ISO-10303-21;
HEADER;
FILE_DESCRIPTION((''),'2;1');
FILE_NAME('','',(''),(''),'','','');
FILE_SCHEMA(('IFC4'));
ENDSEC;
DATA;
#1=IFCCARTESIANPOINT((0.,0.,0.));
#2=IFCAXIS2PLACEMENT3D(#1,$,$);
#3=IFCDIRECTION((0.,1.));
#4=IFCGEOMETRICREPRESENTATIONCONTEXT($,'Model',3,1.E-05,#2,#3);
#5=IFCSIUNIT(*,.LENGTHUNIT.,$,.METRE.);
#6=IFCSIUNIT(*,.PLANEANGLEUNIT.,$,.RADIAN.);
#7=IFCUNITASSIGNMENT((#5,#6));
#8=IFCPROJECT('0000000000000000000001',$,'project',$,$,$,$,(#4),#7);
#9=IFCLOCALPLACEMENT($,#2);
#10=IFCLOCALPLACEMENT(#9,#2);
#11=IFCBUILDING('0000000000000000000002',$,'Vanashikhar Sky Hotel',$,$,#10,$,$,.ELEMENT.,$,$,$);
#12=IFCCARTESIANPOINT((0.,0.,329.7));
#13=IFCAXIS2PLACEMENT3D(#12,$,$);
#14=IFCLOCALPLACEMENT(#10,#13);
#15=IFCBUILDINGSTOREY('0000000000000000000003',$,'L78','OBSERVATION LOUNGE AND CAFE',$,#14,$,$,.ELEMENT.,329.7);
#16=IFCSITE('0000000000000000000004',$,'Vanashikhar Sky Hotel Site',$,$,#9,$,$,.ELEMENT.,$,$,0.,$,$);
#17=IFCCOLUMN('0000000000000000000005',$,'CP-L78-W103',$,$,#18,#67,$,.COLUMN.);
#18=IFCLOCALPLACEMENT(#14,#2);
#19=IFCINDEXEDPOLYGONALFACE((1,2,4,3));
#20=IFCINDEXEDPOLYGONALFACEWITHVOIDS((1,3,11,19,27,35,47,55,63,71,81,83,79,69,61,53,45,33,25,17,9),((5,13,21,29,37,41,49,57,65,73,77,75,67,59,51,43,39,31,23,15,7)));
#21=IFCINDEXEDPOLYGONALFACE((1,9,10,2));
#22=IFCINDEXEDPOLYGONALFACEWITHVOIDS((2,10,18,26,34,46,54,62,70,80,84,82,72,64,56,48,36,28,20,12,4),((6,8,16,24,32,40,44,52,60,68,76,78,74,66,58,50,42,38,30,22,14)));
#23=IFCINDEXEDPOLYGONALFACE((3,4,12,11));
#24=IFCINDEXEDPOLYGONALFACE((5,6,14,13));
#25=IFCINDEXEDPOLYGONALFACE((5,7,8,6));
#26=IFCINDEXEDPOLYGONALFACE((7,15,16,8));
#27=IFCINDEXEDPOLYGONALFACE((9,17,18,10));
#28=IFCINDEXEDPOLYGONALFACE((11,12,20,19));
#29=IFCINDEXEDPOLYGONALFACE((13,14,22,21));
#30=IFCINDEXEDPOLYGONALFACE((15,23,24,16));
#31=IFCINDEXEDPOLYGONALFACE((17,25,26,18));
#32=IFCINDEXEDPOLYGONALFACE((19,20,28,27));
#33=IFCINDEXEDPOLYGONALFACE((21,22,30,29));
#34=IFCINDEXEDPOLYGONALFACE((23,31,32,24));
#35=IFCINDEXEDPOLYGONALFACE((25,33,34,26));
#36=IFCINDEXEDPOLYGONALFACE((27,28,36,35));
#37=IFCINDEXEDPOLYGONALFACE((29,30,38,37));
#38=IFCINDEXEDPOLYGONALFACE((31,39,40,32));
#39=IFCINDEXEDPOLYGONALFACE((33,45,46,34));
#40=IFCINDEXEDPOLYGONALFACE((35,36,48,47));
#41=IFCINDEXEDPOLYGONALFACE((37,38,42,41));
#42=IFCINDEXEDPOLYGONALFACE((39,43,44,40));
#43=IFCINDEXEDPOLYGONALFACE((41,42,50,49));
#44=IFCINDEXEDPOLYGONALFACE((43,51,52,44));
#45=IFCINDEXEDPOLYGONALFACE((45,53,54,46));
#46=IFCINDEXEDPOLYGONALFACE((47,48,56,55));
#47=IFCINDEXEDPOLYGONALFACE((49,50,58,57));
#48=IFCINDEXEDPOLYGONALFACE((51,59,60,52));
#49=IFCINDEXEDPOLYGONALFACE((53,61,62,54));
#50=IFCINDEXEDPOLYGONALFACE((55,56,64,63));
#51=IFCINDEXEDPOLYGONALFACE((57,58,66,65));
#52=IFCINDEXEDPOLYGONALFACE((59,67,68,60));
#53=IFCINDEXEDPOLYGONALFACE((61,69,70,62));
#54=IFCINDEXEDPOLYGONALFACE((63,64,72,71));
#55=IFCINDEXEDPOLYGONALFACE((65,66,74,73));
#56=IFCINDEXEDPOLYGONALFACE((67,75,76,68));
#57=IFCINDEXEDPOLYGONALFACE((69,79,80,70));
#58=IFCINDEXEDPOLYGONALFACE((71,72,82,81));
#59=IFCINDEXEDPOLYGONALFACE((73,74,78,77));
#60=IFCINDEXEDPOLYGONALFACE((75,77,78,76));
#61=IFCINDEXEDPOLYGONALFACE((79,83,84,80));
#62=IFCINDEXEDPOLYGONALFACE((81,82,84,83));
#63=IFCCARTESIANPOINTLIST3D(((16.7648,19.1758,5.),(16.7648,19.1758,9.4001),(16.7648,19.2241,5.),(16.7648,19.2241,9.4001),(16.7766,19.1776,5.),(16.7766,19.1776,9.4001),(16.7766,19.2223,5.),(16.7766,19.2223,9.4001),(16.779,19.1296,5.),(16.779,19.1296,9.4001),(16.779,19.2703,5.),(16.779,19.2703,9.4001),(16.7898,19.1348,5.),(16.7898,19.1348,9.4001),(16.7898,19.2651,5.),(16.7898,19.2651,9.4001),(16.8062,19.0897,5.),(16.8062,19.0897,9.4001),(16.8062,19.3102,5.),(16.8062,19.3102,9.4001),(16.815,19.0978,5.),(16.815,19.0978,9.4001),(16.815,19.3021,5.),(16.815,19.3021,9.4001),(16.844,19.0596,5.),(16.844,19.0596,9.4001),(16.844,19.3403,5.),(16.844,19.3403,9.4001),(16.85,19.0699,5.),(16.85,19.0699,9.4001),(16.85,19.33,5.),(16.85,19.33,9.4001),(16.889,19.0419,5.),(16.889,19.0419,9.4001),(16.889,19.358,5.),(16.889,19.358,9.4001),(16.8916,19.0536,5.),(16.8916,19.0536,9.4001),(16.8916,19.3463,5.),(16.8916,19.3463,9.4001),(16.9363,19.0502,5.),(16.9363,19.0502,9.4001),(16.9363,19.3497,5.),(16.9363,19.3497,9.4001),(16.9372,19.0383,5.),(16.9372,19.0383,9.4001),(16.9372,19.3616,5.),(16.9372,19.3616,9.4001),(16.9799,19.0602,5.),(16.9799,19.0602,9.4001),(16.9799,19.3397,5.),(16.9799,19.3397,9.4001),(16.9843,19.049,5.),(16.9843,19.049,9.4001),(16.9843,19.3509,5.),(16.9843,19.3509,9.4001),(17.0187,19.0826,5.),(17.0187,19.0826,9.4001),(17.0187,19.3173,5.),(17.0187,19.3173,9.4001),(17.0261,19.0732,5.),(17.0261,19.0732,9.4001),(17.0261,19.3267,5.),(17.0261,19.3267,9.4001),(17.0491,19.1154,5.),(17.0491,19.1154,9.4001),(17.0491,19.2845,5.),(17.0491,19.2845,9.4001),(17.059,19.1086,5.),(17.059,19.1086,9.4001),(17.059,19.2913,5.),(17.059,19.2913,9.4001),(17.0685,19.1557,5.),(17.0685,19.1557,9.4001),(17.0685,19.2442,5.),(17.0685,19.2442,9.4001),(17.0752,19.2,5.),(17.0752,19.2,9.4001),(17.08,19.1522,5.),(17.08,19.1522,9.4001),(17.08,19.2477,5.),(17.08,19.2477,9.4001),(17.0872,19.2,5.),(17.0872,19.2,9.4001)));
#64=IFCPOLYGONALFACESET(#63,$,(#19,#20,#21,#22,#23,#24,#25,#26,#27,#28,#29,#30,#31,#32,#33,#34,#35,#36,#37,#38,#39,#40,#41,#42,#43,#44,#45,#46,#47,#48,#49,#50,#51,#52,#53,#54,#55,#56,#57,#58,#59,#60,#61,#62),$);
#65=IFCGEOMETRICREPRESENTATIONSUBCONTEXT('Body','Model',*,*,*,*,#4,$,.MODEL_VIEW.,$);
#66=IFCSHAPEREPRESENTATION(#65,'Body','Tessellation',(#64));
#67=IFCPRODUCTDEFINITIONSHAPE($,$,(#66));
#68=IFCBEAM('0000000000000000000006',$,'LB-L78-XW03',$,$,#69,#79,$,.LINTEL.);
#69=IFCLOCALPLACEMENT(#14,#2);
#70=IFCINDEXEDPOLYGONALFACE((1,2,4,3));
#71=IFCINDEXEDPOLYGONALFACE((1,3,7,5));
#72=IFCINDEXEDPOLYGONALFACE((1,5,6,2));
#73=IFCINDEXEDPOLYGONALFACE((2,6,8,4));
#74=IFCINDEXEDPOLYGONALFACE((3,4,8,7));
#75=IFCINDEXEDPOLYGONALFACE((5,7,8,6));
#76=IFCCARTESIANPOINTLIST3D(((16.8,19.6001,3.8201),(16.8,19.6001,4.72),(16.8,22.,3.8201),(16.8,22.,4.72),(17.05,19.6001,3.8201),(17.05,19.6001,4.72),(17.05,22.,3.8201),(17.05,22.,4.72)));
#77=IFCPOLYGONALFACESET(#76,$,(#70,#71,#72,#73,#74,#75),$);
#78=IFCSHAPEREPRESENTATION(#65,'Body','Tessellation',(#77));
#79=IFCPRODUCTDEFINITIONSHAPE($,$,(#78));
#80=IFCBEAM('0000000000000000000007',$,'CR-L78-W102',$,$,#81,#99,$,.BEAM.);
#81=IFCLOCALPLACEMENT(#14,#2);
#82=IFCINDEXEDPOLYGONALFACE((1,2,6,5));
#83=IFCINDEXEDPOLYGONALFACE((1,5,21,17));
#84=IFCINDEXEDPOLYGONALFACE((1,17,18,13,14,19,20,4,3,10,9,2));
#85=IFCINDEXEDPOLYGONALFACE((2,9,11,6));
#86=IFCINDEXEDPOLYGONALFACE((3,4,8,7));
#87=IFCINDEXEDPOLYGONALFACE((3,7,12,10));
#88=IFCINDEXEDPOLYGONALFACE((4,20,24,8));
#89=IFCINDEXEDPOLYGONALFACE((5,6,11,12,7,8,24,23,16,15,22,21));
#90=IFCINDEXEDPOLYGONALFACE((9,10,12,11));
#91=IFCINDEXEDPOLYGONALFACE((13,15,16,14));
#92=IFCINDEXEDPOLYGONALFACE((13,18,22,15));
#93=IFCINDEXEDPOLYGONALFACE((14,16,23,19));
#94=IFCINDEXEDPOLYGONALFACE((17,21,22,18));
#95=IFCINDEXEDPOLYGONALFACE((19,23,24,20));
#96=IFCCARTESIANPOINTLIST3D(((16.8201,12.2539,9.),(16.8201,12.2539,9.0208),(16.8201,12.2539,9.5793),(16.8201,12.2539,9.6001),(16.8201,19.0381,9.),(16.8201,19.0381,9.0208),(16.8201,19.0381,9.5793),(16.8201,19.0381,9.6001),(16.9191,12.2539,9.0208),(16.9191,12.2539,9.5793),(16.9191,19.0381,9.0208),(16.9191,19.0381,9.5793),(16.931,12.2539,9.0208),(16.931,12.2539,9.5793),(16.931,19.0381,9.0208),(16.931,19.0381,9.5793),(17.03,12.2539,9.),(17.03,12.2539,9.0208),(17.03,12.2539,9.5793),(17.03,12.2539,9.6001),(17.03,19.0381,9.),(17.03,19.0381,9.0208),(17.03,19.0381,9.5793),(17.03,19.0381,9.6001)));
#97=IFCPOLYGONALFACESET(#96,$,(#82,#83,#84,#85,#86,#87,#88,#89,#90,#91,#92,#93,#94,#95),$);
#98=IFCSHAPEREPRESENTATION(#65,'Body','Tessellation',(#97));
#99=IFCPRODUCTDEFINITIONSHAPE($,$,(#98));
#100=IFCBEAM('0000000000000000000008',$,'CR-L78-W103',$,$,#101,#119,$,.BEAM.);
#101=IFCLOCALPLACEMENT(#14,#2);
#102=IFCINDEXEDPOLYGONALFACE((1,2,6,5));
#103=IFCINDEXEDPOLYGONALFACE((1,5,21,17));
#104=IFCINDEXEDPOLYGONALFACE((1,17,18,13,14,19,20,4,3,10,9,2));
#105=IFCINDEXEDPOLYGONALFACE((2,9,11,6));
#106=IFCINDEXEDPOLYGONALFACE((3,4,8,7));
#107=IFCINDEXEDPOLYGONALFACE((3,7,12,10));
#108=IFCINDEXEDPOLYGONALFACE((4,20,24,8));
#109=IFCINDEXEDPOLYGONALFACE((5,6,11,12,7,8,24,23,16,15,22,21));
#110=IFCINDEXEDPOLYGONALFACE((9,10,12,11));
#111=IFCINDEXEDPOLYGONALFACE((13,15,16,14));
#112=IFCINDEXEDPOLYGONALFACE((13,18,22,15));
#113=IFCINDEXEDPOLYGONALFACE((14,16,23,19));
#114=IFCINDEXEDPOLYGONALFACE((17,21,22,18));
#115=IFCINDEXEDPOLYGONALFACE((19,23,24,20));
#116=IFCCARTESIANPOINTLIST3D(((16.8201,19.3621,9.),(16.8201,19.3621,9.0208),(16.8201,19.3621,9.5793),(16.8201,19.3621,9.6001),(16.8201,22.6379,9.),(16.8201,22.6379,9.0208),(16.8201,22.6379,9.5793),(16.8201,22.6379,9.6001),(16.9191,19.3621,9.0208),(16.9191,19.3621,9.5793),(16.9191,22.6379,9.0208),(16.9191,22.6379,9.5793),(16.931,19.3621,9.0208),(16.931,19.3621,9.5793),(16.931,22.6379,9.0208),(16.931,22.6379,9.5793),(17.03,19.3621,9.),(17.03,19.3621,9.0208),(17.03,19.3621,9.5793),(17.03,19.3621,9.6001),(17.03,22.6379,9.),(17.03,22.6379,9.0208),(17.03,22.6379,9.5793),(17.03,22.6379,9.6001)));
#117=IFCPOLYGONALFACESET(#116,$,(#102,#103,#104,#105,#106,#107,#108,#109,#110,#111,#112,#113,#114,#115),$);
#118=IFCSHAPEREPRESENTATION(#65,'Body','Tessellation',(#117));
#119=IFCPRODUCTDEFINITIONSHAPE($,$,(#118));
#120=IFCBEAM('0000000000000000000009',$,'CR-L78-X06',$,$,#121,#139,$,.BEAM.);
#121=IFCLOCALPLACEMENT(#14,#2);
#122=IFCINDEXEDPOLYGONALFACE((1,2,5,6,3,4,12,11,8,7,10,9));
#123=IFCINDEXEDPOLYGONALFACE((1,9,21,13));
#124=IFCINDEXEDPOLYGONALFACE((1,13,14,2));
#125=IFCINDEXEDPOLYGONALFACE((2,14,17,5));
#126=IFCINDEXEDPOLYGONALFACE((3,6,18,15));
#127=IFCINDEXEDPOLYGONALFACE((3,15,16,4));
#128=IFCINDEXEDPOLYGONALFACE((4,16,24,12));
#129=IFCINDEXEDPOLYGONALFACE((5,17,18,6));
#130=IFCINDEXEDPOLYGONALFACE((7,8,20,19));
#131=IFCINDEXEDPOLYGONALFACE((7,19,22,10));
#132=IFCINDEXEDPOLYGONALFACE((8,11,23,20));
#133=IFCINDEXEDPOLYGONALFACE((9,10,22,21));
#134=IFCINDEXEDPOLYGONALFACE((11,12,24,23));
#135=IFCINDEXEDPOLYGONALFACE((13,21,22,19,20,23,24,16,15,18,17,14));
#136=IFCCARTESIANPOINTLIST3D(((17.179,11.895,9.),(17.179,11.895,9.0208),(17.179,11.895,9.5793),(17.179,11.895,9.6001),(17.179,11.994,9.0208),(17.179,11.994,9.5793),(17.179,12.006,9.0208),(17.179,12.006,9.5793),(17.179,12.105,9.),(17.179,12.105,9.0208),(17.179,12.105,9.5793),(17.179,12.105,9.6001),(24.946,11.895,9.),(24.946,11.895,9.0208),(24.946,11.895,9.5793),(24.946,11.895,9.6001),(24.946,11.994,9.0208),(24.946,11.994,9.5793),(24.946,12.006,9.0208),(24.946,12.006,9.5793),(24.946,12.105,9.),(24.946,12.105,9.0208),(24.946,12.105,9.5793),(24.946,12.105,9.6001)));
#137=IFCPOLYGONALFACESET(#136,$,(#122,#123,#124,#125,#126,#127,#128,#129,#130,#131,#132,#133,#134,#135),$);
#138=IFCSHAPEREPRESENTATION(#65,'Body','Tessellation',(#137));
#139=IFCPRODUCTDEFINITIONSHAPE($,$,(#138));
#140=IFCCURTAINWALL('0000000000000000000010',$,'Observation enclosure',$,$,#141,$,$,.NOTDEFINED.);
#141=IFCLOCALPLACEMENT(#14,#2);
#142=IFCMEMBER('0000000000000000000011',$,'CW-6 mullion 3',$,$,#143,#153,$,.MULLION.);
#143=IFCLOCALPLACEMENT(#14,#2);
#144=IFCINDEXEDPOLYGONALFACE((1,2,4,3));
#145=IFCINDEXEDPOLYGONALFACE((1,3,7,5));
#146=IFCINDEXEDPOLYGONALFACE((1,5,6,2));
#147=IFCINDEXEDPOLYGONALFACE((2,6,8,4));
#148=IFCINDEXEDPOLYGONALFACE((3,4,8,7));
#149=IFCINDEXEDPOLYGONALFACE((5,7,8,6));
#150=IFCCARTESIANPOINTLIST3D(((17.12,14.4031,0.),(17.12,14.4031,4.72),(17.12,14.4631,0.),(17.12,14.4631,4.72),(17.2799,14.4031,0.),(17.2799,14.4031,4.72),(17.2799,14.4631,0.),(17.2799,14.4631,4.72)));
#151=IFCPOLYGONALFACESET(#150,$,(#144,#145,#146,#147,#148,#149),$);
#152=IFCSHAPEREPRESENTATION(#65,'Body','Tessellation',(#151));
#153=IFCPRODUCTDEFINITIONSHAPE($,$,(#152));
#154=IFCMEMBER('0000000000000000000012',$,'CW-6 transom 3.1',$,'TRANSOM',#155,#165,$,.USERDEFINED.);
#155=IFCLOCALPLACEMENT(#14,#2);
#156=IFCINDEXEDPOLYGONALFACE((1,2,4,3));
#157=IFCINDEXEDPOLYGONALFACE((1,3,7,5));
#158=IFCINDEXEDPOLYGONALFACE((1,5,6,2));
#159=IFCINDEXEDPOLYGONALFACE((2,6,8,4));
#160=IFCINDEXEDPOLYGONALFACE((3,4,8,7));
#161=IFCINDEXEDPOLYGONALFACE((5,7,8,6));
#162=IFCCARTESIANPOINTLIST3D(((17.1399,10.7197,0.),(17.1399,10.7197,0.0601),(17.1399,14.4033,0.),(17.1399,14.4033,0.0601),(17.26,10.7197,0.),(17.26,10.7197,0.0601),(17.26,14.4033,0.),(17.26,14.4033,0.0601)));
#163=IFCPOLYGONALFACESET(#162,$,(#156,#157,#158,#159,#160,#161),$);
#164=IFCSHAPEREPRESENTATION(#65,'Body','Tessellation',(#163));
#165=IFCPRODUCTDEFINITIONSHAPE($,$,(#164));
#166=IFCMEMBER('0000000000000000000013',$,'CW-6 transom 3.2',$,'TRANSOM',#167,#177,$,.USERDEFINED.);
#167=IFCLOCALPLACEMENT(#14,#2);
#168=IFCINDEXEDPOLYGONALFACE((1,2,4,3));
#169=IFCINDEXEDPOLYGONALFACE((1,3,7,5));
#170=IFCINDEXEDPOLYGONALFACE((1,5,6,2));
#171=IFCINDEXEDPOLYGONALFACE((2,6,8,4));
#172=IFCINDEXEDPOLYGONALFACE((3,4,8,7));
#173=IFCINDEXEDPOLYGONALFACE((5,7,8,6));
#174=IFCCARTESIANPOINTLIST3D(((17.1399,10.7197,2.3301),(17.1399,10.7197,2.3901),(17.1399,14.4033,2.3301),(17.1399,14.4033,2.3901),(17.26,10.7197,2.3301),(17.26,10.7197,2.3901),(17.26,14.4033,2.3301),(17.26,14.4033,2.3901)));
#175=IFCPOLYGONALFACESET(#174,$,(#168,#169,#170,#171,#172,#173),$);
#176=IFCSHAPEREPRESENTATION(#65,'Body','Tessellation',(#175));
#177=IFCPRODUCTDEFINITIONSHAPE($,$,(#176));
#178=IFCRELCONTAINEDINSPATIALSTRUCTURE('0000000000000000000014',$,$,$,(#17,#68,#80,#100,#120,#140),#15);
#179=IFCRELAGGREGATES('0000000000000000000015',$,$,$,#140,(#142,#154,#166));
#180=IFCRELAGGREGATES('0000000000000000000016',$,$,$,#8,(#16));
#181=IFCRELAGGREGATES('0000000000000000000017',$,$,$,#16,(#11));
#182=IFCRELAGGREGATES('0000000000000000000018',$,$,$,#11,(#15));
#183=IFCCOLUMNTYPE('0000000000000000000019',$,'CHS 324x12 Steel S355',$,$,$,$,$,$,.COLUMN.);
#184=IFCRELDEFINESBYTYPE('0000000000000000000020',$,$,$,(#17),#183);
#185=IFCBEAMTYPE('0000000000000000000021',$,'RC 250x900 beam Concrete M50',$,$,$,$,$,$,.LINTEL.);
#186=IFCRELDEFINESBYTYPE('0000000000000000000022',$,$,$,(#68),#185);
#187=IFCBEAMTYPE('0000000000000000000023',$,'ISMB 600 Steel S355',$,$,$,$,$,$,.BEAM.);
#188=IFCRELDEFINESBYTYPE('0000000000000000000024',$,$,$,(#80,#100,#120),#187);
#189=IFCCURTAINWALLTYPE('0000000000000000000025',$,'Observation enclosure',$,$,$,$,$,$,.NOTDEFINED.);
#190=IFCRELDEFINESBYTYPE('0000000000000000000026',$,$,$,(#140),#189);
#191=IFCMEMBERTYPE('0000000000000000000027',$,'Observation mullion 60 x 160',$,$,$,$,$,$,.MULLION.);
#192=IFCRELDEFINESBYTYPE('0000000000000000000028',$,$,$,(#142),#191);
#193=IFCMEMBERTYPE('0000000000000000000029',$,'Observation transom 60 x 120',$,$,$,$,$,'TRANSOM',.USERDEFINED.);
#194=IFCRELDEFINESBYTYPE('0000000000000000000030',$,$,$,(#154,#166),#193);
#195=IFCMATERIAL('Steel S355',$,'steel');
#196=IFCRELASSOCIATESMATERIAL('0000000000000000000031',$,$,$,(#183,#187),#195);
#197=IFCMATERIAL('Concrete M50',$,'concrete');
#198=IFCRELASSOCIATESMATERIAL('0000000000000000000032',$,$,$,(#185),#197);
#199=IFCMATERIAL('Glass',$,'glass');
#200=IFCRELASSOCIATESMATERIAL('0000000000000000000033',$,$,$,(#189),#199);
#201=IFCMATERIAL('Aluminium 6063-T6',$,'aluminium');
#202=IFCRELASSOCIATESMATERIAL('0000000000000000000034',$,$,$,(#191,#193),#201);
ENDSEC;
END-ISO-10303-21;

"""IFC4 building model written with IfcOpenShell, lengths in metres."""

from ifc_helpers import new_model, si_unit, direction, frame, origin, origin_2d, place, context, subcontext, project, spatial, rectangle, hollow_circle, i_section, extrude, source, transform, mapped, material, material_profile, profile_set, type_object, element, aggregate, save


model = new_model("IFC4")

# Units and contexts
model_context = context("Model", 3, precision=1e-05, world=origin(), true_north=direction((0.0, 1.0)))
body_context = subcontext(model_context, "Body", "Model", "MODEL_VIEW")
ifc_project = project(units=[si_unit("LENGTHUNIT", "METRE"), si_unit("PLANEANGLEUNIT", "RADIAN")], contexts=[model_context])

# Site, building, storey
site_placement = place(None, origin())
site = spatial("IfcSite", under=ifc_project, at=site_placement, Name="Vanashikhar Sky Hotel Site", CompositionType="ELEMENT", RefElevation=0.0)
building_placement = place(site_placement, origin())
building = spatial("IfcBuilding", under=site, at=building_placement, Name="Vanashikhar Sky Hotel", CompositionType="ELEMENT")
storey_placement = place(building_placement, frame((0.0, 0.0, 329.7)))
storey = spatial("IfcBuildingStorey", under=building, at=storey_placement, Name="L78", Description="OBSERVATION LOUNGE AND CAFE", CompositionType="ELEMENT", Elevation=329.7)

# Column
ifc_material_1 = material(Name="Steel S355", Category="steel")
ifc_material_profile_1 = material_profile(ifc_material_1, hollow_circle(Radius=0.1621, WallThickness=0.012, at=origin_2d()))
ifc_profile_set_1 = profile_set([ifc_material_profile_1], Name="CHS 324x12 Steel S355")
column_type = type_object("IfcColumnType", Name="CHS 324x12 Steel S355", PredefinedType="COLUMN", material=ifc_profile_set_1)
shared_shape_1 = source(origin(), body_context, "Body", "SweptSolid", [
    extrude(hollow_circle(Radius=0.1621, WallThickness=0.012, at=origin_2d()), origin(), (0.0, 0.0, 1.0), 4.4001),
])
column_placement = place(storey_placement, frame((16.925, 19.2, 5.0), z_axis=(0.0, 0.0, 1.0), x_axis=(1.0, 0.0, 0.0)))
element("IfcColumn", 1, at=column_placement, inside=storey, type_object=column_type, Name="CP-L78-W103", PredefinedType="COLUMN", context=body_context, shape_type="MappedRepresentation", body=[
    mapped(shared_shape_1, transform((0.0, 0.0, 0.0), scale=1.0)),
])

# Beams
ifc_material_2 = material(Name="Concrete M50", Category="concrete")
ifc_material_profile_2 = material_profile(ifc_material_2, rectangle(XDim=0.25, YDim=0.8999, at=origin_2d()))
ifc_profile_set_2 = profile_set([ifc_material_profile_2], Name="RC 250x900 beam Concrete M50")
beam_type_1 = type_object("IfcBeamType", Name="RC 250x900 beam Concrete M50", PredefinedType="LINTEL", material=ifc_profile_set_2)
shared_shape_2 = source(origin(), body_context, "Body", "SweptSolid", [
    extrude(rectangle(XDim=0.25, YDim=0.8999, at=origin_2d()), origin(), (0.0, 0.0, 1.0), 2.3999),
])
beam_1_placement = place(storey_placement, frame((16.925, 19.6001, 4.27), z_axis=(0.0, 1.0, 0.0), x_axis=(-1.0, 0.0, 0.0)))
element("IfcBeam", 2, at=beam_1_placement, inside=storey, type_object=beam_type_1, Name="LB-L78-XW03", PredefinedType="LINTEL", context=body_context, shape_type="MappedRepresentation", body=[
    mapped(shared_shape_2, transform((0.0, 0.0, 0.0), scale=1.0)),
])
ifc_material_profile_3 = material_profile(ifc_material_1, i_section(OverallWidth=0.21, OverallDepth=0.6001, WebThickness=0.012, FlangeThickness=0.0208, at=origin_2d()), Name="ISMB 600")
ifc_profile_set_3 = profile_set([ifc_material_profile_3], Name="Steel S355")
beam_type_2 = type_object("IfcBeamType", Name="ISMB 600 Steel S355", PredefinedType="BEAM", material=ifc_profile_set_3)
shared_shape_3 = source(origin(), body_context, "Body", "SweptSolid", [
    extrude(i_section(OverallWidth=0.21, OverallDepth=0.6001, WebThickness=0.012, FlangeThickness=0.0208, at=origin_2d()), origin(), (0.0, 0.0, 1.0), 6.7842),
])
beam_2_placement = place(storey_placement, frame((16.925, 12.2539, 9.3), z_axis=(0.0, 1.0, 0.0), x_axis=(-1.0, 0.0, 0.0)))
element("IfcBeam", 3, at=beam_2_placement, inside=storey, type_object=beam_type_2, Name="CR-L78-W102", PredefinedType="BEAM", context=body_context, shape_type="MappedRepresentation", body=[
    mapped(shared_shape_3, transform((0.0, 0.0, 0.0), scale=1.0)),
])
shared_shape_4 = source(origin(), body_context, "Body", "SweptSolid", [
    extrude(i_section(OverallWidth=0.21, OverallDepth=0.6001, WebThickness=0.012, FlangeThickness=0.0208, at=origin_2d()), origin(), (0.0, 0.0, 1.0), 3.2759),
])
beam_3_placement = place(storey_placement, frame((16.925, 19.3621, 9.3), z_axis=(0.0, 1.0, 0.0), x_axis=(-1.0, 0.0, 0.0)))
element("IfcBeam", 4, at=beam_3_placement, inside=storey, type_object=beam_type_2, Name="CR-L78-W103", PredefinedType="BEAM", context=body_context, shape_type="MappedRepresentation", body=[
    mapped(shared_shape_4, transform((0.0, 0.0, 0.0), scale=1.0)),
])
shared_shape_5 = source(origin(), body_context, "Body", "SweptSolid", [
    extrude(i_section(OverallWidth=0.21, OverallDepth=0.6001, WebThickness=0.012, FlangeThickness=0.0208, at=origin_2d()), origin(), (0.0, 0.0, 1.0), 7.7671),
])
beam_4_placement = place(storey_placement, frame((17.179, 12.0, 9.3), z_axis=(1.0, 0.0, 0.0), x_axis=(0.0, 1.0, 0.0)))
element("IfcBeam", 5, at=beam_4_placement, inside=storey, type_object=beam_type_2, Name="CR-L78-X06", PredefinedType="BEAM", context=body_context, shape_type="MappedRepresentation", body=[
    mapped(shared_shape_5, transform((0.0, 0.0, 0.0), scale=1.0)),
])

# Curtain wall, members
ifc_material_3 = material(Name="Glass", Category="glass")
curtain_wall_type = type_object("IfcCurtainWallType", Name="Observation enclosure", PredefinedType="NOTDEFINED", material=ifc_material_3)
curtain_wall_placement = place(storey_placement, origin())
curtain_wall = element("IfcCurtainWall", 6, at=curtain_wall_placement, inside=storey, type_object=curtain_wall_type, Name="Observation enclosure", PredefinedType="NOTDEFINED")
ifc_material_4 = material(Name="Aluminium 6063-T6", Category="aluminium")
ifc_material_profile_4 = material_profile(ifc_material_4, rectangle(XDim=0.1599, YDim=0.0601, at=origin_2d()))
ifc_profile_set_4 = profile_set([ifc_material_profile_4], Name="Aluminium 6063-T6")
member_type_1 = type_object("IfcMemberType", Name="Observation mullion 60 x 160", PredefinedType="MULLION", material=ifc_profile_set_4)
shared_shape_6 = source(origin(), body_context, "Body", "SweptSolid", [
    extrude(rectangle(XDim=0.1599, YDim=0.0601, at=origin_2d()), origin(), (0.0, 0.0, 1.0), 4.72),
])
member_1_placement = place(storey_placement, frame((17.2, 14.4331, 0.0), z_axis=(0.0, 0.0, 1.0), x_axis=(1.0, 0.0, 0.0)))
member_1 = element("IfcMember", 7, at=member_1_placement, type_object=member_type_1, Name="CW-6 mullion 3", PredefinedType="MULLION", context=body_context, shape_type="MappedRepresentation", body=[
    mapped(shared_shape_6, transform((0.0, 0.0, 0.0), scale=1.0)),
])
ifc_material_profile_5 = material_profile(ifc_material_4, rectangle(XDim=0.1201, YDim=0.0601, at=origin_2d()))
ifc_profile_set_5 = profile_set([ifc_material_profile_5], Name="Aluminium 6063-T6")
member_type_2 = type_object("IfcMemberType", Name="Observation transom 60 x 120", ElementType="TRANSOM", PredefinedType="USERDEFINED", material=ifc_profile_set_5)
shared_shape_7 = source(origin(), body_context, "Body", "SweptSolid", [
    extrude(rectangle(XDim=0.1201, YDim=0.0601, at=origin_2d()), origin(), (0.0, 0.0, 1.0), 3.6836),
])
member_2_placement = place(storey_placement, frame((17.2, 14.4033, 0.03), z_axis=(0.0, -1.0, 0.0), x_axis=(1.0, 0.0, 0.0)))
member_2 = element("IfcMember", 8, at=member_2_placement, type_object=member_type_2, Name="CW-6 transom 3.1", ObjectType="TRANSOM", PredefinedType="USERDEFINED", context=body_context, shape_type="MappedRepresentation", body=[
    mapped(shared_shape_7, transform((0.0, 0.0, 0.0), scale=1.0)),
])
member_3_placement = place(storey_placement, frame((17.2, 14.4033, 2.3601), z_axis=(0.0, -1.0, 0.0), x_axis=(1.0, 0.0, 0.0)))
member_3 = element("IfcMember", 9, at=member_3_placement, type_object=member_type_2, Name="CW-6 transom 3.2", ObjectType="TRANSOM", PredefinedType="USERDEFINED", context=body_context, shape_type="MappedRepresentation", body=[
    mapped(shared_shape_7, transform((0.0, 0.0, 0.0), scale=1.0)),
])
aggregate(curtain_wall, [member_1, member_2, member_3])

save(model, "model.ifc")
